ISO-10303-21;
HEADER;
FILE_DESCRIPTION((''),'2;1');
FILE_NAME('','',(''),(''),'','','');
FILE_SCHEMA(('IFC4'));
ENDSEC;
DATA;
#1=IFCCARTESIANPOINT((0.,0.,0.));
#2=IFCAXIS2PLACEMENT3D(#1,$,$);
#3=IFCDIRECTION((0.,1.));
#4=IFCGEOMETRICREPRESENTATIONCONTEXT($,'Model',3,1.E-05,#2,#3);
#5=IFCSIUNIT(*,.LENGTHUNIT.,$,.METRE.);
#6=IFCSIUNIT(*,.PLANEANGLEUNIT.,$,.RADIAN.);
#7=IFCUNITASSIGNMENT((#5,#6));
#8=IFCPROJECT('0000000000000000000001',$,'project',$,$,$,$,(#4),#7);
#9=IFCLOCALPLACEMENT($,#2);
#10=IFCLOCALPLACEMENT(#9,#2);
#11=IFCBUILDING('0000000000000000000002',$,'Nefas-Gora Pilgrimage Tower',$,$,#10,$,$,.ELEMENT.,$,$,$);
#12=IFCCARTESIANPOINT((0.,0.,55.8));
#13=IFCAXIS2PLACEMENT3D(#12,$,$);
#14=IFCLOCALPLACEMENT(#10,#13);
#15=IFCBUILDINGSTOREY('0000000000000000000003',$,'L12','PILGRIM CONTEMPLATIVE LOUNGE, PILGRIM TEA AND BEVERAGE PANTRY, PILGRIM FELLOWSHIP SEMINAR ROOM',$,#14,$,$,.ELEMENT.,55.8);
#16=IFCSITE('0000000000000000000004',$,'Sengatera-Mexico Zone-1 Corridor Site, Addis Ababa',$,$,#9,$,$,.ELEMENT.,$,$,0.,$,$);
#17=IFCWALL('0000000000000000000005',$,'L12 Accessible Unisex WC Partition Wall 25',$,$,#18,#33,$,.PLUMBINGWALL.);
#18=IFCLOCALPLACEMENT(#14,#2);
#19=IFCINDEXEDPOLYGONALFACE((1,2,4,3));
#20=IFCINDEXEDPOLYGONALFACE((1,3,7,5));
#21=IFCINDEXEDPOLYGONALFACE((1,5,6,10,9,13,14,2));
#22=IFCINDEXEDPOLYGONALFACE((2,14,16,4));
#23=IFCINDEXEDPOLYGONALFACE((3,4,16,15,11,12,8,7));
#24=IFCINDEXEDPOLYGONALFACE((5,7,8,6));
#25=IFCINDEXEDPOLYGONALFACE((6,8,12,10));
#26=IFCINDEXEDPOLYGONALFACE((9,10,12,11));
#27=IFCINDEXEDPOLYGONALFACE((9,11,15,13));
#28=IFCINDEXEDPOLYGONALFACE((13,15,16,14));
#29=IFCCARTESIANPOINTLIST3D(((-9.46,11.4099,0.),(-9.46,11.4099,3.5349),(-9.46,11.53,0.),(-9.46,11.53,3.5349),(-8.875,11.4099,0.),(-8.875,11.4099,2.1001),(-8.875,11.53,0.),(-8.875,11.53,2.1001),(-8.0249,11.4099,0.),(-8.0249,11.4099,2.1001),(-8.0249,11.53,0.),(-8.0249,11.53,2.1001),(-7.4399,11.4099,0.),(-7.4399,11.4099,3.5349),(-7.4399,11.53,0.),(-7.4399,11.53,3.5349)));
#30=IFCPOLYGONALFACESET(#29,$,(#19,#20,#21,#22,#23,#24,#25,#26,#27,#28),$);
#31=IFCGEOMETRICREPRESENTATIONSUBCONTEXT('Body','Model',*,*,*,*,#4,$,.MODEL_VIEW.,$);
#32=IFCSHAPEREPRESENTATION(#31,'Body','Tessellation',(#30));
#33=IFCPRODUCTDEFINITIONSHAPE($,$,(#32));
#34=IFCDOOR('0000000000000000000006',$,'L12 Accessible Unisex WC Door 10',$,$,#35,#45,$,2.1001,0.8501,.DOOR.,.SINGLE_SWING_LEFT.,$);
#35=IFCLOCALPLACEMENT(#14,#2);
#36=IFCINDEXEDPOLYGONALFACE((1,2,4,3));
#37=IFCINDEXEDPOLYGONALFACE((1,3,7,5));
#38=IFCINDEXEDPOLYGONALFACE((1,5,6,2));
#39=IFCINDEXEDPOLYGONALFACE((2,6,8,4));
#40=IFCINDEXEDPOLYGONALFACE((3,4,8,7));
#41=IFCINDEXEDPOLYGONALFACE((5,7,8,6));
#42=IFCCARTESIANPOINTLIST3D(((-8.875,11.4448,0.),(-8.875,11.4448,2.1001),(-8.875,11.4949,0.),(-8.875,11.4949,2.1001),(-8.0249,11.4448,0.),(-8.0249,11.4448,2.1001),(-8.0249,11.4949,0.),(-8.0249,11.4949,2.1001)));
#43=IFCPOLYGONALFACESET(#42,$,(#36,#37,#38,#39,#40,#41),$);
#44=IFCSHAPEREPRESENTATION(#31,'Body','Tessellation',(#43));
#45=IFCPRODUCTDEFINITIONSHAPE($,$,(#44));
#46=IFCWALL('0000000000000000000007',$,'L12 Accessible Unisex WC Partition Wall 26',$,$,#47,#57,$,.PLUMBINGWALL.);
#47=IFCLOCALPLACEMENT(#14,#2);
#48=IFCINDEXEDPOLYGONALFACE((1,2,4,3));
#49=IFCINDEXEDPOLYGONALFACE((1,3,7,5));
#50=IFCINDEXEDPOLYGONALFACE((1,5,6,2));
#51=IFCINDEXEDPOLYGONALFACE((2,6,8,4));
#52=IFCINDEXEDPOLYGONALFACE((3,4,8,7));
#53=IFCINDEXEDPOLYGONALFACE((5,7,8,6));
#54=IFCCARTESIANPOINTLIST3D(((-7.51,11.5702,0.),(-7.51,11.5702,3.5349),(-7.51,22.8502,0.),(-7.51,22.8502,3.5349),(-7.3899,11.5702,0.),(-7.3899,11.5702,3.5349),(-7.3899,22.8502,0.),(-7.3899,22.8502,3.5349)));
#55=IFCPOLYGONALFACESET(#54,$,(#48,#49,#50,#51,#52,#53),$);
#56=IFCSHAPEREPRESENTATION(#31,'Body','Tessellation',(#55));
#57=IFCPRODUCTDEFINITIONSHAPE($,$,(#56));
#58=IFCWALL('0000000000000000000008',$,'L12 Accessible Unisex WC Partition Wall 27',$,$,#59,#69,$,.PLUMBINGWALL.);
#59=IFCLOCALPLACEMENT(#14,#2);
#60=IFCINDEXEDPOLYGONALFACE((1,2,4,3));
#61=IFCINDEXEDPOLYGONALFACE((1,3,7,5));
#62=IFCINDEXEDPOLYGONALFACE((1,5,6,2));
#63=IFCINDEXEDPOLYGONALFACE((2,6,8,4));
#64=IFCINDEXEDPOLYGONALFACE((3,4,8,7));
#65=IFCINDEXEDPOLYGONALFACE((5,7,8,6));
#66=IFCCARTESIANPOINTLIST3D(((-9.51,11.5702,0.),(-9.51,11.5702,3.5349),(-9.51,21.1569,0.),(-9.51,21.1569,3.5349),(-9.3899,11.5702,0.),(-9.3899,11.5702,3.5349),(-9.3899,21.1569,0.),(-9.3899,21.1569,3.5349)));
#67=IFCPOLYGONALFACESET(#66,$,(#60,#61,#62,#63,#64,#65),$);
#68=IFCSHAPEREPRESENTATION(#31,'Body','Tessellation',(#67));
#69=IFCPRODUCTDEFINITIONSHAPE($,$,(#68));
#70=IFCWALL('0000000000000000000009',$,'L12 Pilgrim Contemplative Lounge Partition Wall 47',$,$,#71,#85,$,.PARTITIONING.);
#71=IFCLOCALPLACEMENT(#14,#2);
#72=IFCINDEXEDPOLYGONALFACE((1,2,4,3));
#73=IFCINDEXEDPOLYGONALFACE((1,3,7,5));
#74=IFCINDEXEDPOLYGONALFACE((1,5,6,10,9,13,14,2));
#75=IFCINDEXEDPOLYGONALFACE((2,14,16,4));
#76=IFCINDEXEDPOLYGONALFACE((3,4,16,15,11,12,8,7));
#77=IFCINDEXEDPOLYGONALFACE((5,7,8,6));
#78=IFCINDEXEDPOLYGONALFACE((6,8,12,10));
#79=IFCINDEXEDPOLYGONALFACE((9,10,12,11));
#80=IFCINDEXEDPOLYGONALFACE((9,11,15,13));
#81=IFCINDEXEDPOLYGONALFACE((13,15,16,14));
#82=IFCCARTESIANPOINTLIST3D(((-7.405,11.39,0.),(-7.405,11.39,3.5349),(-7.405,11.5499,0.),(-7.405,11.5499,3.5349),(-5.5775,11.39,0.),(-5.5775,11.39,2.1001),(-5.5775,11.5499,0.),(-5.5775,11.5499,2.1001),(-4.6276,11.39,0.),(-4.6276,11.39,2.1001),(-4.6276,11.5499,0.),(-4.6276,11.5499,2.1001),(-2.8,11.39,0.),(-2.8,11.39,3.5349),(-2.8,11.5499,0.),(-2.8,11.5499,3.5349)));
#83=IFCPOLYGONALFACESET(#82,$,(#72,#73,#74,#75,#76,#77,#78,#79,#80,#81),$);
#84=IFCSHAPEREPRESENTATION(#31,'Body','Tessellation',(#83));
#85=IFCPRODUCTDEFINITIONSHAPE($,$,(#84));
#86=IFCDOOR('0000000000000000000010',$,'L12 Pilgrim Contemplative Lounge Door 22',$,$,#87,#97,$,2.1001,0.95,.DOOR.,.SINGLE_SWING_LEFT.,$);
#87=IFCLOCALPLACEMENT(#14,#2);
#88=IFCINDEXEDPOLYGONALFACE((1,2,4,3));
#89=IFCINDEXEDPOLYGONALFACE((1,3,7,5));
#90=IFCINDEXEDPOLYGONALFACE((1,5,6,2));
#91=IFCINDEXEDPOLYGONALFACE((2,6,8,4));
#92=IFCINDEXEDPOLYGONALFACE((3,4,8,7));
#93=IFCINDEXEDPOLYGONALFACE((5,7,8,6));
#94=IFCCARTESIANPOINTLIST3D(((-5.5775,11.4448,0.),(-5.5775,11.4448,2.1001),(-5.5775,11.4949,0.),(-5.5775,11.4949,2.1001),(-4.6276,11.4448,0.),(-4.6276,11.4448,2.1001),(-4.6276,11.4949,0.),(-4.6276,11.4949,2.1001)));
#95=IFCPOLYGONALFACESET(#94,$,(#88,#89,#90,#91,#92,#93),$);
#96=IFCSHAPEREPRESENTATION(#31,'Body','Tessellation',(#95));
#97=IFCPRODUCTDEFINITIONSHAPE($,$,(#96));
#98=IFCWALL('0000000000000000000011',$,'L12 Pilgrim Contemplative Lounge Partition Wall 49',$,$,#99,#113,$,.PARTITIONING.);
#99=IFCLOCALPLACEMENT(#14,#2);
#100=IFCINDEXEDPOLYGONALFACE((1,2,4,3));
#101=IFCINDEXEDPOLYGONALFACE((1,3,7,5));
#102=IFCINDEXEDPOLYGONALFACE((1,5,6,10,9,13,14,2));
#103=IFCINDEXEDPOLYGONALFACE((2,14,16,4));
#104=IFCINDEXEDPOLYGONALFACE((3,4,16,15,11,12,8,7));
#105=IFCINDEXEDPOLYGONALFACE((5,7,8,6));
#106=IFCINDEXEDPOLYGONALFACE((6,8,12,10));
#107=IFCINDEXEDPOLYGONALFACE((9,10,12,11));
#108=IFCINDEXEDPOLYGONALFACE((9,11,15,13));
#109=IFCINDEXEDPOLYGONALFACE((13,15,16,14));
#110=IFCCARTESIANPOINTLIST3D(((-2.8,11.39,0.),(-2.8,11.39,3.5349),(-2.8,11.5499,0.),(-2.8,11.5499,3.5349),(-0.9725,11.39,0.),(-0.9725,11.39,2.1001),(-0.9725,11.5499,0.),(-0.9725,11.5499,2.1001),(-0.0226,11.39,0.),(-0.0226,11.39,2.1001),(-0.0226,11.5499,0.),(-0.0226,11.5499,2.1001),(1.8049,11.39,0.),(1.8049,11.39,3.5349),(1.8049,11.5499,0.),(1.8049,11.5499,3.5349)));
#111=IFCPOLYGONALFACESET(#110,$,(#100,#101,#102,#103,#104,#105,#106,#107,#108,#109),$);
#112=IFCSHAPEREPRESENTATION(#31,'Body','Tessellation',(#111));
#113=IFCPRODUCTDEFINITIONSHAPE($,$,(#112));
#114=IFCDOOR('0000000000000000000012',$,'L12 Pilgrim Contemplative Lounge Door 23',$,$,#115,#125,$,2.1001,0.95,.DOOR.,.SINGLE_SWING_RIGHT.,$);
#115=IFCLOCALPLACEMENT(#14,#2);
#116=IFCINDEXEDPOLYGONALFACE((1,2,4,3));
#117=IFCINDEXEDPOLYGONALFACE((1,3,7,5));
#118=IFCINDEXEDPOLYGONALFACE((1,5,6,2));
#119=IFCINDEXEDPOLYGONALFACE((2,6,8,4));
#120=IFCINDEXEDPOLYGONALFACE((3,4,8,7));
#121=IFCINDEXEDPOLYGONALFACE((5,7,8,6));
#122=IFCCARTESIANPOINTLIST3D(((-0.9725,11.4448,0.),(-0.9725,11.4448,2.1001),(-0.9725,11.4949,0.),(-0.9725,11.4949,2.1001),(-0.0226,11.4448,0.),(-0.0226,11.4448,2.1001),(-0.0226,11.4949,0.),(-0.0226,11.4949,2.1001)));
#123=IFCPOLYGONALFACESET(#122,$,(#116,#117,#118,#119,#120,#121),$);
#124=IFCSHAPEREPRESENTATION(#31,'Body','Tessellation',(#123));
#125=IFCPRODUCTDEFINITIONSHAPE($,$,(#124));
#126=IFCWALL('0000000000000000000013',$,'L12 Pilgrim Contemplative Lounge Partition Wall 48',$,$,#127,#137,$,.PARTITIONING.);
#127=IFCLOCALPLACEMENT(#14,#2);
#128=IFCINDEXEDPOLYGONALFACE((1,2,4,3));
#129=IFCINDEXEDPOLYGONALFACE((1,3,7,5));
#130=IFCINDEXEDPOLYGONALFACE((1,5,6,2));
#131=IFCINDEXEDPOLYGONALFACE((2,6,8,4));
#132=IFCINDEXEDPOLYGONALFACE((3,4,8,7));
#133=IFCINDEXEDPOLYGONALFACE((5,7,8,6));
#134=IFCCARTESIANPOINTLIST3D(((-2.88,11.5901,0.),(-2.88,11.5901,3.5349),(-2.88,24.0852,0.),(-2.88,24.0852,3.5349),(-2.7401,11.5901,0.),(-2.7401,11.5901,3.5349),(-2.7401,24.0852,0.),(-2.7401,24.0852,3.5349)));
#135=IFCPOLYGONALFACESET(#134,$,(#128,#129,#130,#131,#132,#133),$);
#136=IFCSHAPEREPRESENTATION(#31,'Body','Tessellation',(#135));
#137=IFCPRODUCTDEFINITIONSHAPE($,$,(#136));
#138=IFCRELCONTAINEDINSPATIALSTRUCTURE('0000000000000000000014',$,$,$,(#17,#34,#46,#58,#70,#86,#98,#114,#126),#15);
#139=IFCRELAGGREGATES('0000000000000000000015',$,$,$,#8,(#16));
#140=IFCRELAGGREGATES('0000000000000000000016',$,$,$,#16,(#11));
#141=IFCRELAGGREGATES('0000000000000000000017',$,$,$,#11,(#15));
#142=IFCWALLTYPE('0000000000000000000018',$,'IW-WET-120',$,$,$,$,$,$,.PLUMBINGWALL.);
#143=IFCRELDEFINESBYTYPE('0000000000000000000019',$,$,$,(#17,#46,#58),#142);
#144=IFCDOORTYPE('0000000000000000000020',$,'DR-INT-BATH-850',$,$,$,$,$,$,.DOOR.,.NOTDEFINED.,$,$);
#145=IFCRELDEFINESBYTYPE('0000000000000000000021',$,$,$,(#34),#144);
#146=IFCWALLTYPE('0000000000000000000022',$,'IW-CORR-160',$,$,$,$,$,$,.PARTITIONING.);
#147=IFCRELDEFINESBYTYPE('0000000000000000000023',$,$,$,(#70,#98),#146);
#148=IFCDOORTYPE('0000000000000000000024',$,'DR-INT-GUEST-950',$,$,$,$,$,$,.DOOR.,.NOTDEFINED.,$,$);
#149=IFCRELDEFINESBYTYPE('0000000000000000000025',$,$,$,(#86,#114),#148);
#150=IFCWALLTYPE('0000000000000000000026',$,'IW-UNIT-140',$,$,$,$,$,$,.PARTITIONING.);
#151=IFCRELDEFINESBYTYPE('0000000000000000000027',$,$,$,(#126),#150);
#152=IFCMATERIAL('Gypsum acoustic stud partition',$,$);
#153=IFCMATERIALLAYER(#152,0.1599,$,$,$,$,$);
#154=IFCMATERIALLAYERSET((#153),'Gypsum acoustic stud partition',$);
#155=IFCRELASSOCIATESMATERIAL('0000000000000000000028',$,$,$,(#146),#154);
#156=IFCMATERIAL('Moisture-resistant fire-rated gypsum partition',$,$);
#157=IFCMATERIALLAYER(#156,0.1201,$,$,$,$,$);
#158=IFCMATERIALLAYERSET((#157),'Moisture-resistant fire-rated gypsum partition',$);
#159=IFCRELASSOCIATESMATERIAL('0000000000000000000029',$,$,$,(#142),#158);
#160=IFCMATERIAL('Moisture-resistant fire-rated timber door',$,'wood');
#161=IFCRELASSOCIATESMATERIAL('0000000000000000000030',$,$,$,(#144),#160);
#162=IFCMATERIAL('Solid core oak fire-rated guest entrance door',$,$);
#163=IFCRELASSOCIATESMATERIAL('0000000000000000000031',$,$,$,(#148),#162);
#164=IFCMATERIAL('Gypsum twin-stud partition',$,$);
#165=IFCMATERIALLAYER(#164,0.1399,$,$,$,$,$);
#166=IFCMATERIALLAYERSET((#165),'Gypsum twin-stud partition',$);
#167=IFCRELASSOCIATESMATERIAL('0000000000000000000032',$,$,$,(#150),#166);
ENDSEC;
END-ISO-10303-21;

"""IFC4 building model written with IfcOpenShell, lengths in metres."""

from ifc_helpers import new_model, si_unit, direction, frame, frame_2d, origin, place, context, subcontext, project, spatial, rectangle, extrude, source, transform, mapped, material, layer, layer_set, type_object, element, fill, save


model = new_model("IFC4")

# Units and contexts
model_context = context("Model", 3, precision=1e-05, world=origin(), true_north=direction((0.0, 1.0)))
body_context = subcontext(model_context, "Body", "Model", "MODEL_VIEW")
ifc_project = project(units=[si_unit("LENGTHUNIT", "METRE"), si_unit("PLANEANGLEUNIT", "RADIAN")], contexts=[model_context])

# Site, building, storey
site_placement = place(None, origin())
site = spatial("IfcSite", under=ifc_project, at=site_placement, Name="Sengatera-Mexico Zone-1 Corridor Site, Addis Ababa", CompositionType="ELEMENT", RefElevation=0.0)
building_placement = place(site_placement, origin())
building = spatial("IfcBuilding", under=site, at=building_placement, Name="Nefas-Gora Pilgrimage Tower", CompositionType="ELEMENT")
storey_placement = place(building_placement, frame((0.0, 0.0, 55.8)))
storey = spatial("IfcBuildingStorey", under=building, at=storey_placement, Name="L12", Description="PILGRIM CONTEMPLATIVE LOUNGE, PILGRIM TEA AND BEVERAGE PANTRY, PILGRIM FELLOWSHIP SEMINAR ROOM", CompositionType="ELEMENT", Elevation=55.8)

# Wall, opening, door
ifc_material_1 = material(Name="Gypsum acoustic stud partition")
ifc_layer_1 = layer(ifc_material_1, 0.1599)
ifc_layer_set_1 = layer_set([ifc_layer_1], Name="Gypsum acoustic stud partition")
wall_type_1 = type_object("IfcWallType", Name="IW-CORR-160", PredefinedType="PARTITIONING", material=ifc_layer_set_1)
ifc_material_2 = material(Name="Moisture-resistant fire-rated gypsum partition")
ifc_layer_2 = layer(ifc_material_2, 0.1201)
ifc_layer_set_2 = layer_set([ifc_layer_2], Name="Moisture-resistant fire-rated gypsum partition")
wall_type_2 = type_object("IfcWallType", Name="IW-WET-120", PredefinedType="PLUMBINGWALL", material=ifc_layer_set_2)
shared_shape_1 = source(origin(), body_context, "Body", "SweptSolid", [
    extrude(rectangle(XDim=2.02, YDim=0.1201, at=frame_2d((1.01, 0.0))), origin(), (0.0, 0.0, 1.0), 3.5349),
])
wall_1_placement = place(storey_placement, frame((-9.46, 11.47, 0.0), z_axis=(0.0, 0.0, 1.0), x_axis=(1.0, 0.0, 0.0)))
wall_1 = element("IfcWall", 1, at=wall_1_placement, inside=storey, type_object=wall_type_2, Name="L12 Accessible Unisex WC Partition Wall 25", PredefinedType="PLUMBINGWALL", context=body_context, shape_type="MappedRepresentation", body=[
    mapped(shared_shape_1, transform((0.0, 0.0, 0.0), x_axis=(1.0, 0.0, 0.0), y_axis=(0.0, 1.0, 0.0), z_axis=(0.0, 0.0, 1.0), scale=1.0)),
])
opening_1_placement = place(wall_1_placement, frame((0.585, 0.0, 0.0)))
opening_1 = element("IfcOpeningElement", 2, at=opening_1_placement, cuts=wall_1, PredefinedType="OPENING", context=body_context, shape_type="SweptSolid", body=[
    extrude(rectangle(XDim=0.8501, YDim=2.1001, at=frame_2d((0.425, 1.05))), frame((0.0, 0.0701, 0.0), z_axis=(0.0, -1.0, 0.0), x_axis=(1.0, 0.0, 0.0)), (0.0, 0.0, 1.0), 0.1401),
])
ifc_material_3 = material(Name="Moisture-resistant fire-rated timber door", Category="wood")
door_type_1 = type_object("IfcDoorType", Name="DR-INT-BATH-850", OperationType="NOTDEFINED", PredefinedType="DOOR", material=ifc_material_3)
shared_shape_2 = source(origin(), body_context, "Body", "SweptSolid", [
    extrude(rectangle(XDim=0.8501, YDim=2.1001, at=frame_2d((0.425, 1.05))), frame((0.0, 0.0249, 0.0), z_axis=(0.0, -1.0, 0.0), x_axis=(1.0, 0.0, 0.0)), (0.0, 0.0, 1.0), 0.05),
])
door_1_placement = place(opening_1_placement, origin())
door_1 = element("IfcDoor", 3, at=door_1_placement, inside=storey, type_object=door_type_1, Name="L12 Accessible Unisex WC Door 10", OperationType="SINGLE_SWING_LEFT", OverallHeight=2.1001, OverallWidth=0.8501, PredefinedType="DOOR", context=body_context, shape_type="MappedRepresentation", body=[
    mapped(shared_shape_2, transform((0.0, 0.0, 0.0), x_axis=(1.0, 0.0, 0.0), y_axis=(0.0, 1.0, 0.0), z_axis=(0.0, 0.0, 1.0), scale=1.0)),
])
fill(opening_1, door_1)

# Walls
shared_shape_3 = source(origin(), body_context, "Body", "SweptSolid", [
    extrude(rectangle(XDim=11.28, YDim=0.1201, at=frame_2d((5.6401, 0.0))), origin(), (0.0, 0.0, 1.0), 3.5349),
])
wall_2_placement = place(storey_placement, frame((-7.45, 11.5701, 0.0), z_axis=(0.0, 0.0, 1.0), x_axis=(0.0, 1.0, 0.0)))
element("IfcWall", 4, at=wall_2_placement, inside=storey, type_object=wall_type_2, Name="L12 Accessible Unisex WC Partition Wall 26", PredefinedType="PLUMBINGWALL", context=body_context, shape_type="MappedRepresentation", body=[
    mapped(shared_shape_3, transform((0.0, 0.0, 0.0), x_axis=(1.0, 0.0, 0.0), y_axis=(0.0, 1.0, 0.0), z_axis=(0.0, 0.0, 1.0), scale=1.0)),
])
shared_shape_4 = source(origin(), body_context, "Body", "SweptSolid", [
    extrude(rectangle(XDim=9.5867, YDim=0.1201, at=frame_2d((4.7935, 0.0))), origin(), (0.0, 0.0, 1.0), 3.5349),
])
wall_3_placement = place(storey_placement, frame((-9.45, 11.5701, 0.0), z_axis=(0.0, 0.0, 1.0), x_axis=(0.0, 1.0, 0.0)))
element("IfcWall", 5, at=wall_3_placement, inside=storey, type_object=wall_type_2, Name="L12 Accessible Unisex WC Partition Wall 27", PredefinedType="PLUMBINGWALL", context=body_context, shape_type="MappedRepresentation", body=[
    mapped(shared_shape_4, transform((0.0, 0.0, 0.0), x_axis=(1.0, 0.0, 0.0), y_axis=(0.0, 1.0, 0.0), z_axis=(0.0, 0.0, 1.0), scale=1.0)),
])

# Walls, openings, doors
shared_shape_5 = source(origin(), body_context, "Body", "SweptSolid", [
    extrude(rectangle(XDim=4.605, YDim=0.1599, at=frame_2d((2.3025, 0.0))), origin(), (0.0, 0.0, 1.0), 3.5349),
])
wall_4_placement = place(storey_placement, frame((-7.405, 11.47, 0.0), z_axis=(0.0, 0.0, 1.0), x_axis=(1.0, 0.0, 0.0)))
wall_4 = element("IfcWall", 6, at=wall_4_placement, inside=storey, type_object=wall_type_1, Name="L12 Pilgrim Contemplative Lounge Partition Wall 47", PredefinedType="PARTITIONING", context=body_context, shape_type="MappedRepresentation", body=[
    mapped(shared_shape_5, transform((0.0, 0.0, 0.0), x_axis=(1.0, 0.0, 0.0), y_axis=(0.0, 1.0, 0.0), z_axis=(0.0, 0.0, 1.0), scale=1.0)),
])
opening_2_placement = place(wall_4_placement, frame((1.8274, 0.0, 0.0)))
opening_2 = element("IfcOpeningElement", 7, at=opening_2_placement, cuts=wall_4, PredefinedType="OPENING", context=body_context, shape_type="SweptSolid", body=[
    extrude(rectangle(XDim=0.95, YDim=2.1001, at=frame_2d((0.4751, 1.05))), frame((0.0, 0.0898, 0.0), z_axis=(0.0, -1.0, 0.0), x_axis=(1.0, 0.0, 0.0)), (0.0, 0.0, 1.0), 0.1799),
])
ifc_material_4 = material(Name="Solid core oak fire-rated guest entrance door")
door_type_2 = type_object("IfcDoorType", Name="DR-INT-GUEST-950", OperationType="NOTDEFINED", PredefinedType="DOOR", material=ifc_material_4)
shared_shape_6 = source(origin(), body_context, "Body", "SweptSolid", [
    extrude(rectangle(XDim=0.95, YDim=2.1001, at=frame_2d((0.4751, 1.05))), frame((0.0, 0.0249, 0.0), z_axis=(0.0, -1.0, 0.0), x_axis=(1.0, 0.0, 0.0)), (0.0, 0.0, 1.0), 0.05),
])
door_2_placement = place(opening_2_placement, origin())
door_2 = element("IfcDoor", 8, at=door_2_placement, inside=storey, type_object=door_type_2, Name="L12 Pilgrim Contemplative Lounge Door 22", OperationType="SINGLE_SWING_LEFT", OverallHeight=2.1001, OverallWidth=0.95, PredefinedType="DOOR", context=body_context, shape_type="MappedRepresentation", body=[
    mapped(shared_shape_6, transform((0.0, 0.0, 0.0), x_axis=(1.0, 0.0, 0.0), y_axis=(0.0, 1.0, 0.0), z_axis=(0.0, 0.0, 1.0), scale=1.0)),
])
fill(opening_2, door_2)
wall_5_placement = place(storey_placement, frame((-2.8, 11.47, 0.0), z_axis=(0.0, 0.0, 1.0), x_axis=(1.0, 0.0, 0.0)))
wall_5 = element("IfcWall", 9, at=wall_5_placement, inside=storey, type_object=wall_type_1, Name="L12 Pilgrim Contemplative Lounge Partition Wall 49", PredefinedType="PARTITIONING", context=body_context, shape_type="MappedRepresentation", body=[
    mapped(shared_shape_5, transform((0.0, 0.0, 0.0), x_axis=(1.0, 0.0, 0.0), y_axis=(0.0, 1.0, 0.0), z_axis=(0.0, 0.0, 1.0), scale=1.0)),
])
opening_3_placement = place(wall_5_placement, frame((1.8274, 0.0, 0.0)))
opening_3 = element("IfcOpeningElement", 10, at=opening_3_placement, cuts=wall_5, PredefinedType="OPENING", context=body_context, shape_type="SweptSolid", body=[
    extrude(rectangle(XDim=0.95, YDim=2.1001, at=frame_2d((0.4751, 1.05))), frame((0.0, 0.0898, 0.0), z_axis=(0.0, -1.0, 0.0), x_axis=(1.0, 0.0, 0.0)), (0.0, 0.0, 1.0), 0.1799),
])
door_3_placement = place(opening_3_placement, origin())
door_3 = element("IfcDoor", 11, at=door_3_placement, inside=storey, type_object=door_type_2, Name="L12 Pilgrim Contemplative Lounge Door 23", OperationType="SINGLE_SWING_RIGHT", OverallHeight=2.1001, OverallWidth=0.95, PredefinedType="DOOR", context=body_context, shape_type="MappedRepresentation", body=[
    mapped(shared_shape_6, transform((0.0, 0.0, 0.0), x_axis=(1.0, 0.0, 0.0), y_axis=(0.0, 1.0, 0.0), z_axis=(0.0, 0.0, 1.0), scale=1.0)),
])
fill(opening_3, door_3)

# Wall
ifc_material_5 = material(Name="Gypsum twin-stud partition")
ifc_layer_3 = layer(ifc_material_5, 0.1399)
ifc_layer_set_3 = layer_set([ifc_layer_3], Name="Gypsum twin-stud partition")
wall_type_3 = type_object("IfcWallType", Name="IW-UNIT-140", PredefinedType="PARTITIONING", material=ifc_layer_set_3)
shared_shape_7 = source(origin(), body_context, "Body", "SweptSolid", [
    extrude(rectangle(XDim=12.4951, YDim=0.1399, at=frame_2d((6.2476, 0.0))), origin(), (0.0, 0.0, 1.0), 3.5349),
])
wall_6_placement = place(storey_placement, frame((-2.8101, 11.5901, 0.0), z_axis=(0.0, 0.0, 1.0), x_axis=(0.0, 1.0, 0.0)))
element("IfcWall", 12, at=wall_6_placement, inside=storey, type_object=wall_type_3, Name="L12 Pilgrim Contemplative Lounge Partition Wall 48", PredefinedType="PARTITIONING", context=body_context, shape_type="MappedRepresentation", body=[
    mapped(shared_shape_7, transform((0.0, 0.0, 0.0), x_axis=(1.0, 0.0, 0.0), y_axis=(0.0, 1.0, 0.0), z_axis=(0.0, 0.0, 1.0), scale=1.0)),
])

save(model, "model.ifc")
